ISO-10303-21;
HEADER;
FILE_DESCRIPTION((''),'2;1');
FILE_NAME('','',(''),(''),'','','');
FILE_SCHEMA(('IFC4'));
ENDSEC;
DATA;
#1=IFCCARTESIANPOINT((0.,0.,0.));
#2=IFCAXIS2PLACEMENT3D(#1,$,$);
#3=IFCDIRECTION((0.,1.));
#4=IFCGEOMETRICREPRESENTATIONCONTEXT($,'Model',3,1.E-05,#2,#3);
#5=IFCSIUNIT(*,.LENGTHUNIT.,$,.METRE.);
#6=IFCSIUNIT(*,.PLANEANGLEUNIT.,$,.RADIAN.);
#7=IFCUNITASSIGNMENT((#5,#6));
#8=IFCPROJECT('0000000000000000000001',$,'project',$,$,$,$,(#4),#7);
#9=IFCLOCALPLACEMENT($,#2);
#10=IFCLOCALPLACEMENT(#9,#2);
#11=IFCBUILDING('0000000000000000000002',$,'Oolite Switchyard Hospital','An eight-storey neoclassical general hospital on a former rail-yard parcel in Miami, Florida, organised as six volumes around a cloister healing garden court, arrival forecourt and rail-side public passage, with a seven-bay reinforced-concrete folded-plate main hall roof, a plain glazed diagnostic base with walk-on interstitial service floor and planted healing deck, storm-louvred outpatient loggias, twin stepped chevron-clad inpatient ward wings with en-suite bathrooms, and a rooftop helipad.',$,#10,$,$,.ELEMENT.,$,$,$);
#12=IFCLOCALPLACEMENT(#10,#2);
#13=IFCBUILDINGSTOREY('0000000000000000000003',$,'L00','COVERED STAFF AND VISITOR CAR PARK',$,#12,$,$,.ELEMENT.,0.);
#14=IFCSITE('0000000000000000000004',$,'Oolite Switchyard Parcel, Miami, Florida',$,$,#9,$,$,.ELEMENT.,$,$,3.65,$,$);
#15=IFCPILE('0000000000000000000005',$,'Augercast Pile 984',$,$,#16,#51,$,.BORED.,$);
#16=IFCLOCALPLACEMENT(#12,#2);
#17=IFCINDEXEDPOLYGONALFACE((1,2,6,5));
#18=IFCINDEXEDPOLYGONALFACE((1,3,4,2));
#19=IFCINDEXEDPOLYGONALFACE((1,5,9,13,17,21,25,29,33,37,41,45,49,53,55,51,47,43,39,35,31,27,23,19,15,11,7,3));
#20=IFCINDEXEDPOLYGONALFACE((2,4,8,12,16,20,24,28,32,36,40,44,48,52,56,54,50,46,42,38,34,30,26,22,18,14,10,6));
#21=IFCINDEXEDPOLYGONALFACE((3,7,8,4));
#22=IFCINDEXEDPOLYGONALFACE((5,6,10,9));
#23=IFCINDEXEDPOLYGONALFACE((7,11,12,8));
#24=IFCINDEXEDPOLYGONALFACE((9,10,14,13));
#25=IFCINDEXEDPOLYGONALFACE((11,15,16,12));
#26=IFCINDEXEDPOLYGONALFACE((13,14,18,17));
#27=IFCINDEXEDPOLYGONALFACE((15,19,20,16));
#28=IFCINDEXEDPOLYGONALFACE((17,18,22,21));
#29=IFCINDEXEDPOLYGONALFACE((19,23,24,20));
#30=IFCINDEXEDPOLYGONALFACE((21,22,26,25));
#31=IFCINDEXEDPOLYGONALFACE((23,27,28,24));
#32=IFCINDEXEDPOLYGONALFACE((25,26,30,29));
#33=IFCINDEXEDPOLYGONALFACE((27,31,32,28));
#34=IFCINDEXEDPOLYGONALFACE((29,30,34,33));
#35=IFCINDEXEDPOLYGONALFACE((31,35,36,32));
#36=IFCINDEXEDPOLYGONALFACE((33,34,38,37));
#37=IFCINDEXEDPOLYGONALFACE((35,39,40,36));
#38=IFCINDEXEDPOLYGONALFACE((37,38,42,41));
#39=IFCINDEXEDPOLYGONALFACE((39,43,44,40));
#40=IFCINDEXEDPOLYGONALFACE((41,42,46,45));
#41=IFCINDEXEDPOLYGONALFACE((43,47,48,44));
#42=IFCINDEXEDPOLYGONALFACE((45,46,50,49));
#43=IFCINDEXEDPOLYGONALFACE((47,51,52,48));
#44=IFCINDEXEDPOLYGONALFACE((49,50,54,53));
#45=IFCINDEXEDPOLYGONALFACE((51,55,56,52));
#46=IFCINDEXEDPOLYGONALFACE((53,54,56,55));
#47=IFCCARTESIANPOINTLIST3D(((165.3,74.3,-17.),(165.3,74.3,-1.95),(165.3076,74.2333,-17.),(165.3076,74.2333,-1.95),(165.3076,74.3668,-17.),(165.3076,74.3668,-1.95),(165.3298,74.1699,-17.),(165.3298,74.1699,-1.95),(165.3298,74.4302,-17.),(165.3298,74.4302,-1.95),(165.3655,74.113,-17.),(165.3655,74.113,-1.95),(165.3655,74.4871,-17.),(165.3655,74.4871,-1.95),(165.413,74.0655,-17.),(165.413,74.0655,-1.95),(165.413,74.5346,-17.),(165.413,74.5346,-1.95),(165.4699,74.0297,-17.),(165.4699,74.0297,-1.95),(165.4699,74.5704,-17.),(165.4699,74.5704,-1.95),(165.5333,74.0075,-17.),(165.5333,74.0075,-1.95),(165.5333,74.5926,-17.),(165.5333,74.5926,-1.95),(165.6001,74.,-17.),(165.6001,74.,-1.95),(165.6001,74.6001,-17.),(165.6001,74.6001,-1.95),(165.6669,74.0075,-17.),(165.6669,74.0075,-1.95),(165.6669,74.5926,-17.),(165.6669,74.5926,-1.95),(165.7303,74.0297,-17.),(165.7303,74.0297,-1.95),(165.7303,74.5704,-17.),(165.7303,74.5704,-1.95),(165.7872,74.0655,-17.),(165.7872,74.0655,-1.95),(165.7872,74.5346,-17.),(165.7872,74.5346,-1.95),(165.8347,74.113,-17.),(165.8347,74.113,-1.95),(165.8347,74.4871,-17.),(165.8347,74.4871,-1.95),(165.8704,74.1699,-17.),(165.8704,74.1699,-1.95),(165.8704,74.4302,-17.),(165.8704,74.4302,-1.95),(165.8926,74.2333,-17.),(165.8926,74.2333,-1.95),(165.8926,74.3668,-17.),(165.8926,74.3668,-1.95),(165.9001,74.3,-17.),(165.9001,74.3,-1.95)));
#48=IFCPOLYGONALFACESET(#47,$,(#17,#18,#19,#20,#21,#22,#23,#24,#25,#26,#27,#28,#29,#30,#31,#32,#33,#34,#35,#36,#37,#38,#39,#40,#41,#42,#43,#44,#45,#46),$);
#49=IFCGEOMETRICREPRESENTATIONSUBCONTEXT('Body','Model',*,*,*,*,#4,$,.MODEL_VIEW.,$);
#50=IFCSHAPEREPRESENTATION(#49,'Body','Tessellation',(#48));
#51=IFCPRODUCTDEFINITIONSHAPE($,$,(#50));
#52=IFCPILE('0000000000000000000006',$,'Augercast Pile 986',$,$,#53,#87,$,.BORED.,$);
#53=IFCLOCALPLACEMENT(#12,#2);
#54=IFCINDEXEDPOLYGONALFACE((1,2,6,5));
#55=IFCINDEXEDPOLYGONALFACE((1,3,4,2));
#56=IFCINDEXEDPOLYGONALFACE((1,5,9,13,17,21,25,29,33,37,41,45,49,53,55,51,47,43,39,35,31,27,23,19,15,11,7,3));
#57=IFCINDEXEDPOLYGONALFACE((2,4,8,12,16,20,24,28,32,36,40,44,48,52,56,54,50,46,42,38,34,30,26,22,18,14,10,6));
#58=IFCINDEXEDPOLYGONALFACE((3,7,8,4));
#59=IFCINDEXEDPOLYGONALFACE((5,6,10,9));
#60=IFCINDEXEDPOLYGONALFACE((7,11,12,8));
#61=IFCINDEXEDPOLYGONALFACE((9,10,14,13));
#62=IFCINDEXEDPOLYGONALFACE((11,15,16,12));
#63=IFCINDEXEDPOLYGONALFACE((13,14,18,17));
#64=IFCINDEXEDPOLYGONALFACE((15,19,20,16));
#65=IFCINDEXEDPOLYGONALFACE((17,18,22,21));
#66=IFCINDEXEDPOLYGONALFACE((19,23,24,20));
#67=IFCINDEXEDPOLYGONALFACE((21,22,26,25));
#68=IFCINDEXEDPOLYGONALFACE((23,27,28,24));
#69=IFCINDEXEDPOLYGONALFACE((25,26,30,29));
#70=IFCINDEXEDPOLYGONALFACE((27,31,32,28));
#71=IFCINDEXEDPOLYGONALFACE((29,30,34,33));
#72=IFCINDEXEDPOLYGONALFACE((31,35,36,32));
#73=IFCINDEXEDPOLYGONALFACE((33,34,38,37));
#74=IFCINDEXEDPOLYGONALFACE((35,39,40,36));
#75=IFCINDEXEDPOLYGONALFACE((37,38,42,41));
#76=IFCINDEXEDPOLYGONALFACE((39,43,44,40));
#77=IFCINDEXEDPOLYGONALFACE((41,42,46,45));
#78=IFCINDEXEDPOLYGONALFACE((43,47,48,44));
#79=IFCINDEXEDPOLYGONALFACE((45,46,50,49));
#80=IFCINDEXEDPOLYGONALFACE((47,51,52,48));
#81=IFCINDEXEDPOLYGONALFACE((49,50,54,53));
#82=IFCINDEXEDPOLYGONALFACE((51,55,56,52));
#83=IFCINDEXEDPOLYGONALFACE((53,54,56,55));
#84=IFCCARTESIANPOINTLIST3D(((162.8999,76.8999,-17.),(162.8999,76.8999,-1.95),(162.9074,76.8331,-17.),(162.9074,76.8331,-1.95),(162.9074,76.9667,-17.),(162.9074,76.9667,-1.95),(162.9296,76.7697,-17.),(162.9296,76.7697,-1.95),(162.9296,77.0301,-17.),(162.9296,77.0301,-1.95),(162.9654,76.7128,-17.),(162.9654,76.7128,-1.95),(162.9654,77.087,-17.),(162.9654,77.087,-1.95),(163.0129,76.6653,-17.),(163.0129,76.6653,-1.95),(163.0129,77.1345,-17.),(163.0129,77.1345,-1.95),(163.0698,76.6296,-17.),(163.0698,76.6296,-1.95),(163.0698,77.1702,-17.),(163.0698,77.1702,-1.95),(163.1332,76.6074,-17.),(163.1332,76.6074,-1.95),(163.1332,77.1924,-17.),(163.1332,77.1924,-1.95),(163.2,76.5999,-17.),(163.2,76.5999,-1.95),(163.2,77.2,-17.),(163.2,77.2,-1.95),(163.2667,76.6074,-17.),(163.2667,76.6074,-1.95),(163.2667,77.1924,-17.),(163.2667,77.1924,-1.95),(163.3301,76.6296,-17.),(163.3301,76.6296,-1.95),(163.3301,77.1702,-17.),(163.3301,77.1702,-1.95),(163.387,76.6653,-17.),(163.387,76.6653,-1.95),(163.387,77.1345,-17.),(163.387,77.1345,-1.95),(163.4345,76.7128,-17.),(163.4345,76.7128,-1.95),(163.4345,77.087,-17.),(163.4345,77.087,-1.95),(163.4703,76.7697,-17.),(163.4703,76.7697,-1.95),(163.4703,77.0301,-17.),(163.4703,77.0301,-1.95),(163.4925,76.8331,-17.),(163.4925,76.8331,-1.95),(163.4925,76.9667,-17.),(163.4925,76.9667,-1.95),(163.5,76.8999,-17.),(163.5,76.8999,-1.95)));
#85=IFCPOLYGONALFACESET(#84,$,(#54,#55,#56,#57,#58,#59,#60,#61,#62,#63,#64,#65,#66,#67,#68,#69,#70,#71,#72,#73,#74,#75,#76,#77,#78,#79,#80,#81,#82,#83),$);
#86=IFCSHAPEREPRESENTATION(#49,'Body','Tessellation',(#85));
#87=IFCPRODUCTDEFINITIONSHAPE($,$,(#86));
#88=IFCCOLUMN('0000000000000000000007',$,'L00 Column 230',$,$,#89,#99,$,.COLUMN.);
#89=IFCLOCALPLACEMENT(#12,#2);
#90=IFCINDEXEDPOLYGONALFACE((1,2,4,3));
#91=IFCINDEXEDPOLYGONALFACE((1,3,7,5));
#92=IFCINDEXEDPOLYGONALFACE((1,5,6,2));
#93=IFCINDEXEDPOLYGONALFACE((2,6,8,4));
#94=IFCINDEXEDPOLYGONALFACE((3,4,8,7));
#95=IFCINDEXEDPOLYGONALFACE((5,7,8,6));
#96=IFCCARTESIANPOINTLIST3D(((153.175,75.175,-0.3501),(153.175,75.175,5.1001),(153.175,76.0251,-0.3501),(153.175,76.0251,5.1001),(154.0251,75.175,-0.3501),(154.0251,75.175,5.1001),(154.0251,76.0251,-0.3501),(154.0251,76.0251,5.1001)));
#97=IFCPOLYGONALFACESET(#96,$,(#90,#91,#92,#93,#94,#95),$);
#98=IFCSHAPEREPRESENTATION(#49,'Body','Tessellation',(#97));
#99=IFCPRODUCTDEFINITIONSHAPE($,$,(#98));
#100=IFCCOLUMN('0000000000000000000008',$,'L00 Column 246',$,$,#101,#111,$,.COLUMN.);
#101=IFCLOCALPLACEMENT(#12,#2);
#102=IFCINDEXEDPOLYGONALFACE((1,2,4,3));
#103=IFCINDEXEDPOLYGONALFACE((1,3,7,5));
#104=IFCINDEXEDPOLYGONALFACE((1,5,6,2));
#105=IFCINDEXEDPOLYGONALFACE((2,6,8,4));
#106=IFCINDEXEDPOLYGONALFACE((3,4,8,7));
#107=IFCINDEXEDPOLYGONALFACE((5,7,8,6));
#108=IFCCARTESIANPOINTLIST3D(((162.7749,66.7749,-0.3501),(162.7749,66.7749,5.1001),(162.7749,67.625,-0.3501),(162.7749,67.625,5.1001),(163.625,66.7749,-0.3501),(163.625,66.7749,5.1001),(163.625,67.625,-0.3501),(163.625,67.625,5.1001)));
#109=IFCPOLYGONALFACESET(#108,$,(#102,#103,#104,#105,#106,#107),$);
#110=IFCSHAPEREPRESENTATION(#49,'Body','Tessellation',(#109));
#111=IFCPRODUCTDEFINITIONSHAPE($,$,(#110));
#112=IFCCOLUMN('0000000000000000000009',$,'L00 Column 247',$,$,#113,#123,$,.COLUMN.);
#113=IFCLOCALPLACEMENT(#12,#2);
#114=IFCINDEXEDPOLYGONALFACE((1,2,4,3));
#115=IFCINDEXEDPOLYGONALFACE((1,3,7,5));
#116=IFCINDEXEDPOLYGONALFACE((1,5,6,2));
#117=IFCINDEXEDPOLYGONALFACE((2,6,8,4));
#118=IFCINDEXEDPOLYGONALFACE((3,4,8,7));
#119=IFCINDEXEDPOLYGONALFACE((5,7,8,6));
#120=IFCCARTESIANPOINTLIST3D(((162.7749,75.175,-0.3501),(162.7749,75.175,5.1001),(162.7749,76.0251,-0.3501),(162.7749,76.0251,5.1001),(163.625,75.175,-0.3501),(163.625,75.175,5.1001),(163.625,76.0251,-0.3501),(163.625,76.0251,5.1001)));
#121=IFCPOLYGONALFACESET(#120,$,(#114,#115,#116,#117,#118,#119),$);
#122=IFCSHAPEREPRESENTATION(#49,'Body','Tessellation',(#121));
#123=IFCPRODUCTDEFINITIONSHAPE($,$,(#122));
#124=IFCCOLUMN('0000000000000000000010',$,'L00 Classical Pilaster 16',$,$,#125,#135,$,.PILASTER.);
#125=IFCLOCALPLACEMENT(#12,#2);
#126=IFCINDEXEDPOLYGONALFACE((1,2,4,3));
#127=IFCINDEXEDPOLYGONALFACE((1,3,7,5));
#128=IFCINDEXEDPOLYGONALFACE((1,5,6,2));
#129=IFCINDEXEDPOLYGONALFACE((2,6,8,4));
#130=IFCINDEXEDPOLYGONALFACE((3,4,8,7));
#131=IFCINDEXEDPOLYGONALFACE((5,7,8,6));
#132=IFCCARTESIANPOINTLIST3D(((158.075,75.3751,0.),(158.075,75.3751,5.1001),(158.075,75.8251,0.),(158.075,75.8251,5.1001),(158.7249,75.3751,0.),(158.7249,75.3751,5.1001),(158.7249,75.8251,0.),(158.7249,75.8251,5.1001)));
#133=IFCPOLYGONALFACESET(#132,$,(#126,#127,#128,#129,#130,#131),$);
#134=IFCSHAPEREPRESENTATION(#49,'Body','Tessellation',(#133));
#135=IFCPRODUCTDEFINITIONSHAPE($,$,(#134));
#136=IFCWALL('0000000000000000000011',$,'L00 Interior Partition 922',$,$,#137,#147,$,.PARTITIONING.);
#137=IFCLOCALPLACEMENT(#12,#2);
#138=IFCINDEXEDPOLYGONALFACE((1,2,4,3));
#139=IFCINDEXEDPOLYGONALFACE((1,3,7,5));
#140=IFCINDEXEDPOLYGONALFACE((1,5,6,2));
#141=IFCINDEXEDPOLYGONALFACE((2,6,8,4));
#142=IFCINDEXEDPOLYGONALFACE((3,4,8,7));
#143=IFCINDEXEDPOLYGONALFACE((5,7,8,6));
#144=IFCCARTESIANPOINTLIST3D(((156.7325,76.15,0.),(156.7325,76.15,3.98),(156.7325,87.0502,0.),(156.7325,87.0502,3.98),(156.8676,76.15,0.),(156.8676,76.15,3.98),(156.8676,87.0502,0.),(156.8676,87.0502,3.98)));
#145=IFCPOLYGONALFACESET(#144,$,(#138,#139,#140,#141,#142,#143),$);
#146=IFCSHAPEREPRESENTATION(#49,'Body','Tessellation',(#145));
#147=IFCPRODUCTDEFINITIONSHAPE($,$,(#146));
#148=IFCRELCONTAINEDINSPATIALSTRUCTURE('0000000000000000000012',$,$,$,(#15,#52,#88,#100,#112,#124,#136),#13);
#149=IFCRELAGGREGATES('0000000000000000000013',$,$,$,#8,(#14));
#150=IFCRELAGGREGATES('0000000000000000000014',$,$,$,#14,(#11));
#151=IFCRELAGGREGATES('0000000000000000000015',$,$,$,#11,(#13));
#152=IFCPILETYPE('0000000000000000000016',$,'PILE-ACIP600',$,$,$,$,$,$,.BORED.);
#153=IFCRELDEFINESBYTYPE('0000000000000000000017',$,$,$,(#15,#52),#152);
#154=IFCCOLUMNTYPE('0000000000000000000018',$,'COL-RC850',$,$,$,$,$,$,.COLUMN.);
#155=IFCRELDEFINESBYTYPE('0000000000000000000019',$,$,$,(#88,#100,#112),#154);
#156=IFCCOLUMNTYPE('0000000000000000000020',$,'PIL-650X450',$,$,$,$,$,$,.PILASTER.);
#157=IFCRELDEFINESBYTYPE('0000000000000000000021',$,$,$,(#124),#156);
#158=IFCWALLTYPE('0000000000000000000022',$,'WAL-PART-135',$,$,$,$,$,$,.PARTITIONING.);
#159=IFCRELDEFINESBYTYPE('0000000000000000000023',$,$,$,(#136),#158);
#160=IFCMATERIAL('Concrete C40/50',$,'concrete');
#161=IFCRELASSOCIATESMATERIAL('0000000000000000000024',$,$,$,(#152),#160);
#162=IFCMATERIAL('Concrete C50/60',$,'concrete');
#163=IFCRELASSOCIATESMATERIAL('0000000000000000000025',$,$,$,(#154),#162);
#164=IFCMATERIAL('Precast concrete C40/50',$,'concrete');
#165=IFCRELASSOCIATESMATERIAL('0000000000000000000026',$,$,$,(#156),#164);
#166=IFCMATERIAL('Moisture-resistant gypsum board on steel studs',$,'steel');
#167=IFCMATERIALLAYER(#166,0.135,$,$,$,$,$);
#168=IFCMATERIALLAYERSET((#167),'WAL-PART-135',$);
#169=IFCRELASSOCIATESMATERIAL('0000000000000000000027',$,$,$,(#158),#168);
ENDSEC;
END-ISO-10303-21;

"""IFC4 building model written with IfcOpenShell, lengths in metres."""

from ifc_helpers import new_model, si_unit, direction, frame, frame_2d, origin, origin_2d, place, context, subcontext, project, spatial, rectangle, circle, extrude, material, layer, layer_set, material_profile, profile_set, type_object, element, save


model = new_model("IFC4")

# Units and contexts
model_context = context("Model", 3, precision=1e-05, world=origin(), true_north=direction((0.0, 1.0)))
body_context = subcontext(model_context, "Body", "Model", "MODEL_VIEW")
ifc_project = project(units=[si_unit("LENGTHUNIT", "METRE"), si_unit("PLANEANGLEUNIT", "RADIAN")], contexts=[model_context])

# Site, building, storey
site_placement = place(None, origin())
site = spatial("IfcSite", under=ifc_project, at=site_placement, Name="Oolite Switchyard Parcel, Miami, Florida", CompositionType="ELEMENT", RefElevation=3.65)
building_placement = place(site_placement, origin())
building = spatial("IfcBuilding", under=site, at=building_placement, Name="Oolite Switchyard Hospital", Description="An eight-storey neoclassical general hospital on a former rail-yard parcel in Miami, Florida, organised as six volumes around a cloister healing garden court, arrival forecourt and rail-side public passage, with a seven-bay reinforced-concrete folded-plate main hall roof, a plain glazed diagnostic base with walk-on interstitial service floor and planted healing deck, storm-louvred outpatient loggias, twin stepped chevron-clad inpatient ward wings with en-suite bathrooms, and a rooftop helipad.", CompositionType="ELEMENT")
storey_placement = place(building_placement, origin())
storey = spatial("IfcBuildingStorey", under=building, at=storey_placement, Name="L00", Description="COVERED STAFF AND VISITOR CAR PARK", CompositionType="ELEMENT", Elevation=0.0)

# Shared definitions
ifc_material_1 = material(Name="Concrete C40/50", Category="concrete")

# Piles
ifc_material_profile_1 = material_profile(ifc_material_1, circle(Radius=0.3, at=origin_2d()), Name="PILE600")
ifc_profile_set_1 = profile_set([ifc_material_profile_1], Name="Concrete C40/50")
pile_type = type_object("IfcPileType", Name="PILE-ACIP600", PredefinedType="BORED", material=ifc_profile_set_1)
for number, where, z_axis, x_axis, name in (
    (1, (165.6001, 74.3, -1.95), (0.0, 0.0, -1.0), (1.0, 0.0, 0.0), "Augercast Pile 984"),
    (2, (163.2, 76.8999, -1.95), (0.0, 0.0, -1.0), (1.0, 0.0, 0.0), "Augercast Pile 986"),
):
    element("IfcPile", number, at=place(storey_placement, frame(where, z_axis=z_axis, x_axis=x_axis)), inside=storey, type_object=pile_type, Name=name, PredefinedType="BORED", context=body_context, shape_type="SweptSolid", body=[
        extrude(circle(Radius=0.3, at=origin_2d()), origin(), (0.0, 0.0, 1.0), 15.05),
    ])

# Columns
ifc_material_2 = material(Name="Concrete C50/60", Category="concrete")
ifc_material_profile_2 = material_profile(ifc_material_2, rectangle(XDim=0.8501, YDim=0.8501, at=origin_2d()), Name="RC850X850")
ifc_profile_set_2 = profile_set([ifc_material_profile_2], Name="Concrete C50/60")
column_type_1 = type_object("IfcColumnType", Name="COL-RC850", PredefinedType="COLUMN", material=ifc_profile_set_2)
for number, where, z_axis, x_axis, name in (
    (3, (153.6001, 75.6001, -0.3501), (0.0, 0.0, 1.0), (1.0, 0.0, 0.0), "L00 Column 230"),
    (4, (163.2, 67.2, -0.3501), (0.0, 0.0, 1.0), (1.0, 0.0, 0.0), "L00 Column 246"),
    (5, (163.2, 75.6001, -0.3501), (0.0, 0.0, 1.0), (1.0, 0.0, 0.0), "L00 Column 247"),
):
    element("IfcColumn", number, at=place(storey_placement, frame(where, z_axis=z_axis, x_axis=x_axis)), inside=storey, type_object=column_type_1, Name=name, PredefinedType="COLUMN", context=body_context, shape_type="SweptSolid", body=[
        extrude(rectangle(XDim=0.8501, YDim=0.8501, at=origin_2d()), origin(), (0.0, 0.0, 1.0), 5.4502),
    ])
ifc_material_3 = material(Name="Precast concrete C40/50", Category="concrete")
ifc_material_profile_3 = material_profile(ifc_material_3, rectangle(XDim=0.6499, YDim=0.45, at=origin_2d()), Name="PIL650X450")
ifc_profile_set_3 = profile_set([ifc_material_profile_3], Name="Precast concrete C40/50")
column_type_2 = type_object("IfcColumnType", Name="PIL-650X450", PredefinedType="PILASTER", material=ifc_profile_set_3)
column_placement = place(storey_placement, frame((158.3999, 75.6001, 0.0), z_axis=(0.0, 0.0, 1.0), x_axis=(1.0, 0.0, 0.0)))
element("IfcColumn", 6, at=column_placement, inside=storey, type_object=column_type_2, Name="L00 Classical Pilaster 16", PredefinedType="PILASTER", context=body_context, shape_type="SweptSolid", body=[
    extrude(rectangle(XDim=0.6499, YDim=0.45, at=origin_2d()), origin(), (0.0, 0.0, 1.0), 5.1001),
])

# Wall
ifc_material_4 = material(Name="Moisture-resistant gypsum board on steel studs", Category="steel")
ifc_layer = layer(ifc_material_4, 0.135)
ifc_layer_set = layer_set([ifc_layer], Name="WAL-PART-135")
wall_type = type_object("IfcWallType", Name="WAL-PART-135", PredefinedType="PARTITIONING", material=ifc_layer_set)
wall_placement = place(storey_placement, frame((156.8, 76.1499, 0.0), z_axis=(0.0, 0.0, 1.0), x_axis=(0.0, 1.0, 0.0)))
element("IfcWall", 7, at=wall_placement, inside=storey, type_object=wall_type, Name="L00 Interior Partition 922", PredefinedType="PARTITIONING", context=body_context, shape_type="SweptSolid", body=[
    extrude(rectangle(XDim=10.9001, YDim=0.135, at=frame_2d((5.4502, 0.0))), origin(), (0.0, 0.0, 1.0), 3.98),
])

save(model, "model.ifc")
